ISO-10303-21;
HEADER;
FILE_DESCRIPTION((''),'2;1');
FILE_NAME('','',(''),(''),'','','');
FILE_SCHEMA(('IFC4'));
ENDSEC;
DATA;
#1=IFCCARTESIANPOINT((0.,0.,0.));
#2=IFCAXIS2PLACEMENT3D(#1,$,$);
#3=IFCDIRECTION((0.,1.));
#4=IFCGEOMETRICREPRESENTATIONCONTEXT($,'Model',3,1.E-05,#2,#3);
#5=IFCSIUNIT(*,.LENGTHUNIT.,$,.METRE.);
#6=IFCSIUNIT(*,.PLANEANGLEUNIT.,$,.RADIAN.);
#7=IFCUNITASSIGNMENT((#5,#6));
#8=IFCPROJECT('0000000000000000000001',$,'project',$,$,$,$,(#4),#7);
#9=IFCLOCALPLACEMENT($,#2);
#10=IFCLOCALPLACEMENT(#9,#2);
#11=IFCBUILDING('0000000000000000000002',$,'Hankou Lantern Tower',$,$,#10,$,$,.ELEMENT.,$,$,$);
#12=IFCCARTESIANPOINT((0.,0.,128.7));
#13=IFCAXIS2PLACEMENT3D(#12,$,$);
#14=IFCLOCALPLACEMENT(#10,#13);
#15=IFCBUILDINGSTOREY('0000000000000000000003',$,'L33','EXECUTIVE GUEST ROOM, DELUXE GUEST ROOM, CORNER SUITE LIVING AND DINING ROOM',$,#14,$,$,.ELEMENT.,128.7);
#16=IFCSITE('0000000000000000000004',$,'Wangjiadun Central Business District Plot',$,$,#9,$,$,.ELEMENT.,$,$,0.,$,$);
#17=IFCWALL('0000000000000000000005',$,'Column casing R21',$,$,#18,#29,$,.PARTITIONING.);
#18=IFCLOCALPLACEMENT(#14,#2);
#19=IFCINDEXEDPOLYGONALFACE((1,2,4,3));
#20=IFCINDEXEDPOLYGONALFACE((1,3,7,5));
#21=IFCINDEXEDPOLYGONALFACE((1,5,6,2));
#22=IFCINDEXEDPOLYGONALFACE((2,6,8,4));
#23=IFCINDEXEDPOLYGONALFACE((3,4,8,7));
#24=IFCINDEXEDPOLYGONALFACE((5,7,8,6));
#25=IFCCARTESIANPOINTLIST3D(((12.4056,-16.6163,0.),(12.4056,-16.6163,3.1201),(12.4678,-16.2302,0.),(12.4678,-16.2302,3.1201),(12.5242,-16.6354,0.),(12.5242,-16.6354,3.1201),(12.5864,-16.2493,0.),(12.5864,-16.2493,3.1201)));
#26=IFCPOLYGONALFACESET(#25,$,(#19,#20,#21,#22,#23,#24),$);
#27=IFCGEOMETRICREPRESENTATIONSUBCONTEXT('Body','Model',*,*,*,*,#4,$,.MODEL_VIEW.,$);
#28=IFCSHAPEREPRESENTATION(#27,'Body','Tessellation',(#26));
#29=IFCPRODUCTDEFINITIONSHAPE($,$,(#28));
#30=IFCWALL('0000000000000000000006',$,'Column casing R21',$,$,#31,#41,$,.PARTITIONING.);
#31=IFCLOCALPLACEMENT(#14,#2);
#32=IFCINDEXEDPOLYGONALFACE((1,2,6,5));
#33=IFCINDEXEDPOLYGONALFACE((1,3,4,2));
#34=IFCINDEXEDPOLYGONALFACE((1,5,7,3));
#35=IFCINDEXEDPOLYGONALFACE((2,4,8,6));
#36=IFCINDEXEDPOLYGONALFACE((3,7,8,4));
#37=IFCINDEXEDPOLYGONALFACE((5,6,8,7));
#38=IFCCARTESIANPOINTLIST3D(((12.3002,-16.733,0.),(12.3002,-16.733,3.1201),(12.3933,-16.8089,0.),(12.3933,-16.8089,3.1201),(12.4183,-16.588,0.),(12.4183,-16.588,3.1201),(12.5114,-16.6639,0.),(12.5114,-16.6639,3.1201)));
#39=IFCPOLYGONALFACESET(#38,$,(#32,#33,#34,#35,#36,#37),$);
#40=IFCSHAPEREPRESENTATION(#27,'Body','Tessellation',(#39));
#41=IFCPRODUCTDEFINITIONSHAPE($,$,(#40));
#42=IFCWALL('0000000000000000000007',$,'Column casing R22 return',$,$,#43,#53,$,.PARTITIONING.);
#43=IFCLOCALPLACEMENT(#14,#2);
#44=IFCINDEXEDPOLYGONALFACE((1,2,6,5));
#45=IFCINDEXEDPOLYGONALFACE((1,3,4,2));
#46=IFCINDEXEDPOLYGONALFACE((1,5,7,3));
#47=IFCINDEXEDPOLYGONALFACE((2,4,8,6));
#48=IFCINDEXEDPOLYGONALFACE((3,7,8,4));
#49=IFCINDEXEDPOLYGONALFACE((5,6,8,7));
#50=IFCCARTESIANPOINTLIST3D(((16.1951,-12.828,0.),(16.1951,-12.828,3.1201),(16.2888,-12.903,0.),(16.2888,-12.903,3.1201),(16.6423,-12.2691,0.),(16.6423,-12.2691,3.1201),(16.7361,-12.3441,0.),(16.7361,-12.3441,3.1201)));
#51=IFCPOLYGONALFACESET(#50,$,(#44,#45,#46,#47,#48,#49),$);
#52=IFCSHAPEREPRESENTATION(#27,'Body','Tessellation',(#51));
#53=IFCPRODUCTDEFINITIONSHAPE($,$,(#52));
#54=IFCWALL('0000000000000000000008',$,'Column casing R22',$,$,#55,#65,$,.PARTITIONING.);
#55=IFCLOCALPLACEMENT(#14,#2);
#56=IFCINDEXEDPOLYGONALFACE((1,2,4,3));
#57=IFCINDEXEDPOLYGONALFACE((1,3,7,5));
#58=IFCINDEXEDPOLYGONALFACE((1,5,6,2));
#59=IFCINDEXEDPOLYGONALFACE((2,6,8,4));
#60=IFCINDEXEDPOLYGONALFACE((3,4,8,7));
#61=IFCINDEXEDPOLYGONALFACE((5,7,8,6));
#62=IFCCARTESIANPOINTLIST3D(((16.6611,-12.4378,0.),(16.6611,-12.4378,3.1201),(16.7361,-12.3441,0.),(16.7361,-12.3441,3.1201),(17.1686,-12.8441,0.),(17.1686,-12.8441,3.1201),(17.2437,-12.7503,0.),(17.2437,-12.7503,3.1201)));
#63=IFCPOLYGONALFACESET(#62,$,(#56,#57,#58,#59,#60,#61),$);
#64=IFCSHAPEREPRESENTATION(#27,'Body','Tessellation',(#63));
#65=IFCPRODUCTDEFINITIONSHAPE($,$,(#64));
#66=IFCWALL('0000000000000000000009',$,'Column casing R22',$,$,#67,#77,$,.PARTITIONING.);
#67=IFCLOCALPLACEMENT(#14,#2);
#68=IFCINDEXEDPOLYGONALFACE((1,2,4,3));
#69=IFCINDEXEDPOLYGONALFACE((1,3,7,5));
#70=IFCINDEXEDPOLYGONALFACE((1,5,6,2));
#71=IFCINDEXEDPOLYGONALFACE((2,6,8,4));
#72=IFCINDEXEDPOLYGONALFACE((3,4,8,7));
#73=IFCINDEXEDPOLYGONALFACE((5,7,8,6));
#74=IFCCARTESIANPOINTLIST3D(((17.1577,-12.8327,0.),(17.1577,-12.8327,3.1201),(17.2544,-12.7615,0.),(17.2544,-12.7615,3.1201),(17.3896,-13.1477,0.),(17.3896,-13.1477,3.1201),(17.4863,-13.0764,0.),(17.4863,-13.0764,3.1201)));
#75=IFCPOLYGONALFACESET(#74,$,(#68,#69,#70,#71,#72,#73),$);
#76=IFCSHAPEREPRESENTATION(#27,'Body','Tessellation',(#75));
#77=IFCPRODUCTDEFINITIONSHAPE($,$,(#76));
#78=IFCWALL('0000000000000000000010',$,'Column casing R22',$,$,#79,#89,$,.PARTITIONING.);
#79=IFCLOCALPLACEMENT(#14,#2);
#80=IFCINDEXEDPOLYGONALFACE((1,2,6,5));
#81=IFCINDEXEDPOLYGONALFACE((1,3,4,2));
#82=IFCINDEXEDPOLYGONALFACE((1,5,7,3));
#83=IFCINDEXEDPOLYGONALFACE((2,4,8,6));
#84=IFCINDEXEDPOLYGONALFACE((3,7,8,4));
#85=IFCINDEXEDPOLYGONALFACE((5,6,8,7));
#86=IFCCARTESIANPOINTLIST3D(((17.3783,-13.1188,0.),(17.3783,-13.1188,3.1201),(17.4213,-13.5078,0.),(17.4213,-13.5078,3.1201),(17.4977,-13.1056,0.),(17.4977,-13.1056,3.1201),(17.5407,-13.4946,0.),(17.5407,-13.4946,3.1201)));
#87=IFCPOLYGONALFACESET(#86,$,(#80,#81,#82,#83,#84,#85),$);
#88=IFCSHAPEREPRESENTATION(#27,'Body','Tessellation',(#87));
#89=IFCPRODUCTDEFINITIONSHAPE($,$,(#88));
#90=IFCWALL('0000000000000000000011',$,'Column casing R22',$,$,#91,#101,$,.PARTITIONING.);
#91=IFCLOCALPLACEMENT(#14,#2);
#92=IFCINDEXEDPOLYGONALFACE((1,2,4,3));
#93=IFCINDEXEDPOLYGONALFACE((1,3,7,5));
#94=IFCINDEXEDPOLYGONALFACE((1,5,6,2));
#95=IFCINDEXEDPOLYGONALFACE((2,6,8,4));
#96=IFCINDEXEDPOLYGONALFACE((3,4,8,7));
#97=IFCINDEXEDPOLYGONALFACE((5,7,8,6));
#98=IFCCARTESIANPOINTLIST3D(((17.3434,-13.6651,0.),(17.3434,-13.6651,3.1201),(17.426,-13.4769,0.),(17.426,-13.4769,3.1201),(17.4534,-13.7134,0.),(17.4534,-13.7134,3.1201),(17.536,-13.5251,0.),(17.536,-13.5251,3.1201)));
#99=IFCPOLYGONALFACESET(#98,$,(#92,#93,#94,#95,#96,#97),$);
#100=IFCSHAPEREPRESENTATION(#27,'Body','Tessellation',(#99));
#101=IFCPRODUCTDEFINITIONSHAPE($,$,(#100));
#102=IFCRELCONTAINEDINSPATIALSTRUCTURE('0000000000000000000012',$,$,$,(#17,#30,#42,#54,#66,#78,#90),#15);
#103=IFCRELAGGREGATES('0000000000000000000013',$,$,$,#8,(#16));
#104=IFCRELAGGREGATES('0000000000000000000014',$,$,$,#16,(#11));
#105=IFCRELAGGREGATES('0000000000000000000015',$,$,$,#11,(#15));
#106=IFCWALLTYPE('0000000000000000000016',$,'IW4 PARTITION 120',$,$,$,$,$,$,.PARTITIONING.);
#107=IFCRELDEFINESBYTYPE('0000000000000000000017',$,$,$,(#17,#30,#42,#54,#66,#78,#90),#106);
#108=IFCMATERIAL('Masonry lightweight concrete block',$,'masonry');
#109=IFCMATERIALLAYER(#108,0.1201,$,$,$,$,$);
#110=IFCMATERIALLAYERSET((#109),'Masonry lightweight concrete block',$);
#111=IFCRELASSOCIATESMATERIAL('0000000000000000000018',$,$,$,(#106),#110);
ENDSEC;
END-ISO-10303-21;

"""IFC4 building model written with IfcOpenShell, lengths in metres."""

from ifc_helpers import new_model, si_unit, direction, frame, frame_2d, origin, place, context, subcontext, project, spatial, rectangle, extrude, material, layer, layer_set, type_object, element, save


model = new_model("IFC4")

# Units and contexts
model_context = context("Model", 3, precision=1e-05, world=origin(), true_north=direction((0.0, 1.0)))
body_context = subcontext(model_context, "Body", "Model", "MODEL_VIEW")
ifc_project = project(units=[si_unit("LENGTHUNIT", "METRE"), si_unit("PLANEANGLEUNIT", "RADIAN")], contexts=[model_context])

# Site, building, storey
site_placement = place(None, origin())
site = spatial("IfcSite", under=ifc_project, at=site_placement, Name="Wangjiadun Central Business District Plot", CompositionType="ELEMENT", RefElevation=0.0)
building_placement = place(site_placement, origin())
building = spatial("IfcBuilding", under=site, at=building_placement, Name="Hankou Lantern Tower", CompositionType="ELEMENT")
storey_placement = place(building_placement, frame((0.0, 0.0, 128.7)))
storey = spatial("IfcBuildingStorey", under=building, at=storey_placement, Name="L33", Description="EXECUTIVE GUEST ROOM, DELUXE GUEST ROOM, CORNER SUITE LIVING AND DINING ROOM", CompositionType="ELEMENT", Elevation=128.7)

# Walls
ifc_material_1 = material(Name="Masonry lightweight concrete block", Category="masonry")
ifc_layer_1 = layer(ifc_material_1, 0.1201)
ifc_layer_set_1 = layer_set([ifc_layer_1], Name="Masonry lightweight concrete block")
wall_type_1 = type_object("IfcWallType", Name="IW4 PARTITION 120", PredefinedType="PARTITIONING", material=ifc_layer_set_1)
for number, where, z_axis, x_axis, name in (
    (1, (12.5271, -16.2397, 0.0), (0.0, 0.0, 1.0), (-0.159134, -0.987257, 0.0), "Column casing R21"),
):
    element("IfcWall", number, at=place(storey_placement, frame(where, z_axis=z_axis, x_axis=x_axis)), inside=storey, type_object=wall_type_1, Name=name, PredefinedType="PARTITIONING", context=body_context, shape_type="SweptSolid", body=[
        extrude(rectangle(XDim=0.3911, YDim=0.1201, at=frame_2d((0.1956, 0.0))), origin(), (0.0, 0.0, 1.0), 3.1201),
    ])
wall_1_placement = place(storey_placement, frame((12.4648, -16.626, 0.0), z_axis=(0.0, 0.0, 1.0), x_axis=(-0.631673, -0.775235, 0.0)))
element("IfcWall", 2, at=wall_1_placement, inside=storey, type_object=wall_type_1, Name="Column casing R21", PredefinedType="PARTITIONING", context=body_context, shape_type="SweptSolid", body=[
    extrude(rectangle(XDim=0.187, YDim=0.1201, at=frame_2d((0.0935, 0.0))), origin(), (0.0, 0.0, 1.0), 3.1201),
])
wall_2_placement = place(storey_placement, frame((16.2419, -12.8655, 0.0), z_axis=(0.0, 0.0, 1.0), x_axis=(0.624861, 0.780736, 0.0)))
element("IfcWall", 3, at=wall_2_placement, inside=storey, type_object=wall_type_1, Name="Column casing R22 return", PredefinedType="PARTITIONING", context=body_context, shape_type="SweptSolid", body=[
    extrude(rectangle(XDim=0.7158, YDim=0.1201, at=frame_2d((0.3579, 0.0))), origin(), (0.0, 0.0, 1.0), 3.1201),
])
wall_3_placement = place(storey_placement, frame((16.6985, -12.3909, 0.0), z_axis=(0.0, 0.0, 1.0), x_axis=(0.780722, -0.624878, 0.0)))
element("IfcWall", 4, at=wall_3_placement, inside=storey, type_object=wall_type_1, Name="Column casing R22", PredefinedType="PARTITIONING", context=body_context, shape_type="SweptSolid", body=[
    extrude(rectangle(XDim=0.6501, YDim=0.1201, at=frame_2d((0.3252, 0.0))), origin(), (0.0, 0.0, 1.0), 3.1201),
])
wall_4_placement = place(storey_placement, frame((17.2061, -12.7971, 0.0), z_axis=(0.0, 0.0, 1.0), x_axis=(0.592986, -0.805213, 0.0)))
element("IfcWall", 5, at=wall_4_placement, inside=storey, type_object=wall_type_1, Name="Column casing R22", PredefinedType="PARTITIONING", context=body_context, shape_type="SweptSolid", body=[
    extrude(rectangle(XDim=0.3911, YDim=0.1201, at=frame_2d((0.1956, 0.0))), origin(), (0.0, 0.0, 1.0), 3.1201),
])
wall_5_placement = place(storey_placement, frame((17.438, -13.1121, 0.0), z_axis=(0.0, 0.0, 1.0), x_axis=(0.109815, -0.993952, 0.0)))
element("IfcWall", 6, at=wall_5_placement, inside=storey, type_object=wall_type_1, Name="Column casing R22", PredefinedType="PARTITIONING", context=body_context, shape_type="SweptSolid", body=[
    extrude(rectangle(XDim=0.3914, YDim=0.1201, at=frame_2d((0.1958, 0.0))), origin(), (0.0, 0.0, 1.0), 3.1201),
])
wall_6_placement = place(storey_placement, frame((17.481, -13.501, 0.0), z_axis=(0.0, 0.0, 1.0), x_axis=(-0.401504, -0.915857, 0.0)))
element("IfcWall", 7, at=wall_6_placement, inside=storey, type_object=wall_type_1, Name="Column casing R22", PredefinedType="PARTITIONING", context=body_context, shape_type="SweptSolid", body=[
    extrude(rectangle(XDim=0.2056, YDim=0.1201, at=frame_2d((0.1028, 0.0))), origin(), (0.0, 0.0, 1.0), 3.1201),
])

save(model, "model.ifc")
